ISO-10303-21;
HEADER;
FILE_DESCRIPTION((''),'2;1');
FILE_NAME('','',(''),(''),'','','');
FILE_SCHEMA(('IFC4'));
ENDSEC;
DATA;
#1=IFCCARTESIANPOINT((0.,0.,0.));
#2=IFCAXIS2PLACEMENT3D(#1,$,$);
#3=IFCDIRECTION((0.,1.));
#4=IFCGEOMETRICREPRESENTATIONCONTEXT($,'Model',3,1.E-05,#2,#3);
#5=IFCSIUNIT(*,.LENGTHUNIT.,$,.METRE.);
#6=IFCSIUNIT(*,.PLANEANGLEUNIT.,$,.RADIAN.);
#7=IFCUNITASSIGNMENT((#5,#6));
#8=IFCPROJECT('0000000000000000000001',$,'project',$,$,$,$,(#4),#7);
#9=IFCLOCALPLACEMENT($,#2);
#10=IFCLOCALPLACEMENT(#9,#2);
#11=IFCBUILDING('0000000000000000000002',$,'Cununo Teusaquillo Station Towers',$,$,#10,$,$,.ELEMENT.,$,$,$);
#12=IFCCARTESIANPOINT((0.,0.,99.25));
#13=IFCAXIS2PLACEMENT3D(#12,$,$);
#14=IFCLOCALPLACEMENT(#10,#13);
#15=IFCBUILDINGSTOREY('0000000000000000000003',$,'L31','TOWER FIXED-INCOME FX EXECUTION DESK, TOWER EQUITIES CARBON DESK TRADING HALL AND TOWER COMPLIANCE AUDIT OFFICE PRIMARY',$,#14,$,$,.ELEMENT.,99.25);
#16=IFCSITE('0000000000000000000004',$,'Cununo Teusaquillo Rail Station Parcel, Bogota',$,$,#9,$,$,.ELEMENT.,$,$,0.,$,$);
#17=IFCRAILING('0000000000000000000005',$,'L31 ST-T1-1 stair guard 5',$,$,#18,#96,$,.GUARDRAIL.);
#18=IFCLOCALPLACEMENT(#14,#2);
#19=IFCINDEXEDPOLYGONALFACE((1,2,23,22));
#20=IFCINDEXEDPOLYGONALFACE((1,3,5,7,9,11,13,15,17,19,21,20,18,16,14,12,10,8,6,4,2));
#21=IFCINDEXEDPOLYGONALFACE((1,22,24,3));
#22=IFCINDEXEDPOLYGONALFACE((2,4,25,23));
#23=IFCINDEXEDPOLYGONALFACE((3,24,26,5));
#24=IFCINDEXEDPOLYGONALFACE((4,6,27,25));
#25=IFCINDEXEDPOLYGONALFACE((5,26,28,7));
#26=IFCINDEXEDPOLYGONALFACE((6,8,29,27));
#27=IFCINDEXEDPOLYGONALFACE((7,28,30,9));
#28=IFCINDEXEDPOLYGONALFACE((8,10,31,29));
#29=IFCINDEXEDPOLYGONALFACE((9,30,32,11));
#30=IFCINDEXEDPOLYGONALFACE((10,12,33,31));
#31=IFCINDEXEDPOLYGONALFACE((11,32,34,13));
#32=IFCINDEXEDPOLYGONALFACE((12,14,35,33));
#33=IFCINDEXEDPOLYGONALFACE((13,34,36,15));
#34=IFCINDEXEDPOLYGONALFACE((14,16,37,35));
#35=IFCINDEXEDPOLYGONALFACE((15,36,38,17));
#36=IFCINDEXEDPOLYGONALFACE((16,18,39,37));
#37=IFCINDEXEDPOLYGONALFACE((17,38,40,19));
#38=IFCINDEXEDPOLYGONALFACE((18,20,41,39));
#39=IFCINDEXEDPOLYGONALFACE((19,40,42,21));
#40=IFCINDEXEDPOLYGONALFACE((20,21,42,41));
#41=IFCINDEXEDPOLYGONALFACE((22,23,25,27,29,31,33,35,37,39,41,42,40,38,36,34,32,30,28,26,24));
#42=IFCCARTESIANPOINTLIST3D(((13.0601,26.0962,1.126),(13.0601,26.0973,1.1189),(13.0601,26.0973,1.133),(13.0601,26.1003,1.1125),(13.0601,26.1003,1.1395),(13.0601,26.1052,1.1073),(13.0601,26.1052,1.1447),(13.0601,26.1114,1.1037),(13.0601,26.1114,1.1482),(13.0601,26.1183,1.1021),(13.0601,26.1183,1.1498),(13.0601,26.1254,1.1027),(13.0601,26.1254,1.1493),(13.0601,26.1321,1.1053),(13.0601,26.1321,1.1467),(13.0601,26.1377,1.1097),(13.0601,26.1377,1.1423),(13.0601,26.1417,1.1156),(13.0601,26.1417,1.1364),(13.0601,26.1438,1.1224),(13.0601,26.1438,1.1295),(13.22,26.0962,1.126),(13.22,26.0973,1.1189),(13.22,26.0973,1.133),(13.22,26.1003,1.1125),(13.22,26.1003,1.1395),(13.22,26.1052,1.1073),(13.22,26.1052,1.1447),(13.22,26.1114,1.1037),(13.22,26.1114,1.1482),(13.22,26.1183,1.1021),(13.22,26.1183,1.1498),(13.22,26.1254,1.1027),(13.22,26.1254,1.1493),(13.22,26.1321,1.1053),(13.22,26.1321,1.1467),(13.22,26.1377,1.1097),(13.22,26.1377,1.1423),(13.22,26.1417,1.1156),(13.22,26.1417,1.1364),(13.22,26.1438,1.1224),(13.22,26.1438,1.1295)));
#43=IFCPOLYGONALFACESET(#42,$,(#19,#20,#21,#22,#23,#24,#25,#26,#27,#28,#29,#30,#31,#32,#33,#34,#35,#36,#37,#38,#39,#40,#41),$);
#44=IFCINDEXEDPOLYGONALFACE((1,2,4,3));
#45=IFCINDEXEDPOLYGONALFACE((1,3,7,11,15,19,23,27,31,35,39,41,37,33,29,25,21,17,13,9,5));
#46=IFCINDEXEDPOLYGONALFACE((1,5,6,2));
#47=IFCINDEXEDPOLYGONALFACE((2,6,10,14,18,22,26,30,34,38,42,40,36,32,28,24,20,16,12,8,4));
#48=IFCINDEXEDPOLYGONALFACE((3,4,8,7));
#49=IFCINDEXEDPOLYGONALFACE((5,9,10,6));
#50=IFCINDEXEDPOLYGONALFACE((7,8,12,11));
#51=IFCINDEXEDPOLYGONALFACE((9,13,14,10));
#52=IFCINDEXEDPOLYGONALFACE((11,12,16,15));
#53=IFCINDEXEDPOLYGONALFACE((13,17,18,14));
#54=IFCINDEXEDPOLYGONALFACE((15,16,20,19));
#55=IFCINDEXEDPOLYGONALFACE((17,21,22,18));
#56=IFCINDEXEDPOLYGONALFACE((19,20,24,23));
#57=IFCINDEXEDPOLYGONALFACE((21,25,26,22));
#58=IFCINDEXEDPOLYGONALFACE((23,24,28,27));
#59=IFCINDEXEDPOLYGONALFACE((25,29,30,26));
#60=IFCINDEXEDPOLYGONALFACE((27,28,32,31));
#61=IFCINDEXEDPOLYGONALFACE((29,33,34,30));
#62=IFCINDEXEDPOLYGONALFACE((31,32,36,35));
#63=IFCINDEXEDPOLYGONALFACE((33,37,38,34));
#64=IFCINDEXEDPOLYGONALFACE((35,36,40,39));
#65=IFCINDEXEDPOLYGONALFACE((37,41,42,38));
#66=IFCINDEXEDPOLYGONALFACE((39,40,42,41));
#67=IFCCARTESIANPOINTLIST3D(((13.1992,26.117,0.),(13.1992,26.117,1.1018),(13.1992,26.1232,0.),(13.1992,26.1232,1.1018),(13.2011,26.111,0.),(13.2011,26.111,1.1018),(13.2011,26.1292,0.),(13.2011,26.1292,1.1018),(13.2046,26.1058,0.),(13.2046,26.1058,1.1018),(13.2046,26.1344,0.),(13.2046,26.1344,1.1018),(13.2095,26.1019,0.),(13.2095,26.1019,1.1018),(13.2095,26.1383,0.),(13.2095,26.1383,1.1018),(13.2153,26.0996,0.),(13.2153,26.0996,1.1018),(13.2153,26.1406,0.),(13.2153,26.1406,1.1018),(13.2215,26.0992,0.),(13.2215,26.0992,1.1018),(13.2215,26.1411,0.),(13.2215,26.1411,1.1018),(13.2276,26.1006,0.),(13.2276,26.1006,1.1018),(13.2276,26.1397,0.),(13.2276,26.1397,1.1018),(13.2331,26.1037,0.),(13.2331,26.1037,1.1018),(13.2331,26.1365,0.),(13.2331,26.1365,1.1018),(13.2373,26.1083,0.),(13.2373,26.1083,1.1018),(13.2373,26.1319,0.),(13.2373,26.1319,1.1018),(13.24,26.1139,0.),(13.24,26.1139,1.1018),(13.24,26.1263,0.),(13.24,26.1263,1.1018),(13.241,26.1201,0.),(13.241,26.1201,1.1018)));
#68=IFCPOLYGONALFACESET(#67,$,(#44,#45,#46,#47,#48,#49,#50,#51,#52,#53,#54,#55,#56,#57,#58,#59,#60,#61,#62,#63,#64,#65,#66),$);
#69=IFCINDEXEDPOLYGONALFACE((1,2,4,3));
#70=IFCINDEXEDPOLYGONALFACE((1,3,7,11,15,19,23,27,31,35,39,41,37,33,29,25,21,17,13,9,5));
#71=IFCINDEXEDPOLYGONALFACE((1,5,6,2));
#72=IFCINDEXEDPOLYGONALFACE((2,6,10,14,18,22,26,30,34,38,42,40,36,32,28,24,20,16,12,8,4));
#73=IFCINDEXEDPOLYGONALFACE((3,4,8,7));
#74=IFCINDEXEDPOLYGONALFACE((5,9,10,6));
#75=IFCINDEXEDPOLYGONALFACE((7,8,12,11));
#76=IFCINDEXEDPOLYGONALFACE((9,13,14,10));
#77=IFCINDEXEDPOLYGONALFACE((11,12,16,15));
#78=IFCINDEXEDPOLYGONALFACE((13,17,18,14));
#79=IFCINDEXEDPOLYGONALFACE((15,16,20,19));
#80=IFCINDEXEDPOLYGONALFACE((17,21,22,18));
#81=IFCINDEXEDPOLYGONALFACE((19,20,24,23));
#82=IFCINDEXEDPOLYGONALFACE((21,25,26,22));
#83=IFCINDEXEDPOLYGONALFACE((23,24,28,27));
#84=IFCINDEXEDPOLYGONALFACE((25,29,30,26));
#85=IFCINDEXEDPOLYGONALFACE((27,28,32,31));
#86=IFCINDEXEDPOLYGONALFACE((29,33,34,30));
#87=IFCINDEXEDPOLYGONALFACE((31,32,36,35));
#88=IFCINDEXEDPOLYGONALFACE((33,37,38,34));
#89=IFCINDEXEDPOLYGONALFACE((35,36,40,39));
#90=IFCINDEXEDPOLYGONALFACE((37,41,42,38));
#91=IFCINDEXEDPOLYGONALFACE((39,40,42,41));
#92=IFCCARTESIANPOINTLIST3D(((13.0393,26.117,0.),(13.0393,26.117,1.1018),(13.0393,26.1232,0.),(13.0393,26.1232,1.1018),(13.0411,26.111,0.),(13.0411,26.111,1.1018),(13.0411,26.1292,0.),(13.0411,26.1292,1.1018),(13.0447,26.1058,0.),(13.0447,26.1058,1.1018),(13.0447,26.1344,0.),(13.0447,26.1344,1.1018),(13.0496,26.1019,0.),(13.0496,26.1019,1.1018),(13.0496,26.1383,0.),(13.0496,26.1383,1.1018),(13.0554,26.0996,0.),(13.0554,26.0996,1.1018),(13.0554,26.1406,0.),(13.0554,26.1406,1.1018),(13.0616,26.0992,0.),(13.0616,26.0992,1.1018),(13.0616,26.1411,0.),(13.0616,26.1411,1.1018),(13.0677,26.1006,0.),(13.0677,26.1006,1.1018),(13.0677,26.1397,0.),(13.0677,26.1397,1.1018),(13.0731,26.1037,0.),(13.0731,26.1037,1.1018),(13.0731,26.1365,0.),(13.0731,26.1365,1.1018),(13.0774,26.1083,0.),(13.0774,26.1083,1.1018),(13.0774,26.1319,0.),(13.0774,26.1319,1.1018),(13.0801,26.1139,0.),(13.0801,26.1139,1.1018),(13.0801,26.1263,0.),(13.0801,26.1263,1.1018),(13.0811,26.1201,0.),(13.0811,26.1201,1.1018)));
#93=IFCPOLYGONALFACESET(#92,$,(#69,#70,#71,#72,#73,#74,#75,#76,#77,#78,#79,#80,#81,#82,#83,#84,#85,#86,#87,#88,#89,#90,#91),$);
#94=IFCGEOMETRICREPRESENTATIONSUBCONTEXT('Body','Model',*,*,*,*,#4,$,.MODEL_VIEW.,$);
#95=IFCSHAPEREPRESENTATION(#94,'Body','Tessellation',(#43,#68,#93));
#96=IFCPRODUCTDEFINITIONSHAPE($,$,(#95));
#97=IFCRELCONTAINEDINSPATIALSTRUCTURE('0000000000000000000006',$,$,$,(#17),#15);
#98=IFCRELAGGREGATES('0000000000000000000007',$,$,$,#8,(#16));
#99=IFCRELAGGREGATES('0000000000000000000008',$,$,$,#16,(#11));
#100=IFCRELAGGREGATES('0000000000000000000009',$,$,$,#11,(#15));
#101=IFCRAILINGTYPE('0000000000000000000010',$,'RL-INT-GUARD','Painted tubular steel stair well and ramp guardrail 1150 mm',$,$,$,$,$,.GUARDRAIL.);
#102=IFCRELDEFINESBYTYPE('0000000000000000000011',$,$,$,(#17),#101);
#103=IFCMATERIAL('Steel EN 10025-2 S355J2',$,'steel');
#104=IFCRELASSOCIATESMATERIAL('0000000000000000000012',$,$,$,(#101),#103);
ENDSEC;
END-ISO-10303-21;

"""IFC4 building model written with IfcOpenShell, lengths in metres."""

from ifc_helpers import new_model, si_unit, direction, frame, origin, origin_2d, place, context, subcontext, project, spatial, circle, extrude, material, type_object, element, save


model = new_model("IFC4")

# Units and contexts
model_context = context("Model", 3, precision=1e-05, world=origin(), true_north=direction((0.0, 1.0)))
body_context = subcontext(model_context, "Body", "Model", "MODEL_VIEW")
ifc_project = project(units=[si_unit("LENGTHUNIT", "METRE"), si_unit("PLANEANGLEUNIT", "RADIAN")], contexts=[model_context])

# Site, building, storey
site_placement = place(None, origin())
site = spatial("IfcSite", under=ifc_project, at=site_placement, Name="Cununo Teusaquillo Rail Station Parcel, Bogota", CompositionType="ELEMENT", RefElevation=0.0)
building_placement = place(site_placement, origin())
building = spatial("IfcBuilding", under=site, at=building_placement, Name="Cununo Teusaquillo Station Towers", CompositionType="ELEMENT")
storey_placement = place(building_placement, frame((0.0, 0.0, 99.25)))
storey = spatial("IfcBuildingStorey", under=building, at=storey_placement, Name="L31", Description="TOWER FIXED-INCOME FX EXECUTION DESK, TOWER EQUITIES CARBON DESK TRADING HALL AND TOWER COMPLIANCE AUDIT OFFICE PRIMARY", CompositionType="ELEMENT", Elevation=99.25)

# Railing
ifc_material_1 = material(Name="Steel EN 10025-2 S355J2", Category="steel")
railing_type_1 = type_object("IfcRailingType", Name="RL-INT-GUARD", Description="Painted tubular steel stair well and ramp guardrail 1150 mm", PredefinedType="GUARDRAIL", material=ifc_material_1)
railing_1_placement = place(storey_placement, frame((13.22, 26.1201, 0.0)))
element("IfcRailing", 1, at=railing_1_placement, inside=storey, type_object=railing_type_1, Name="L31 ST-T1-1 stair guard 5", PredefinedType="GUARDRAIL", context=body_context, shape_type="SweptSolid", body=[
    extrude(circle(Radius=0.0239, at=origin_2d()), frame((0.0, 0.0, 1.126), z_axis=(-1.0, 0.0, 0.0), x_axis=(0.0, -1.0, 0.0)), (0.0, 0.0, 1.0), 0.1599),
    extrude(circle(Radius=0.021, at=origin_2d()), origin(), (0.0, 0.0, 1.0), 1.1018),
    extrude(circle(Radius=0.021, at=origin_2d()), frame((-0.1599, 0.0, 0.0)), (0.0, 0.0, 1.0), 1.1018),
])

save(model, "model.ifc")
